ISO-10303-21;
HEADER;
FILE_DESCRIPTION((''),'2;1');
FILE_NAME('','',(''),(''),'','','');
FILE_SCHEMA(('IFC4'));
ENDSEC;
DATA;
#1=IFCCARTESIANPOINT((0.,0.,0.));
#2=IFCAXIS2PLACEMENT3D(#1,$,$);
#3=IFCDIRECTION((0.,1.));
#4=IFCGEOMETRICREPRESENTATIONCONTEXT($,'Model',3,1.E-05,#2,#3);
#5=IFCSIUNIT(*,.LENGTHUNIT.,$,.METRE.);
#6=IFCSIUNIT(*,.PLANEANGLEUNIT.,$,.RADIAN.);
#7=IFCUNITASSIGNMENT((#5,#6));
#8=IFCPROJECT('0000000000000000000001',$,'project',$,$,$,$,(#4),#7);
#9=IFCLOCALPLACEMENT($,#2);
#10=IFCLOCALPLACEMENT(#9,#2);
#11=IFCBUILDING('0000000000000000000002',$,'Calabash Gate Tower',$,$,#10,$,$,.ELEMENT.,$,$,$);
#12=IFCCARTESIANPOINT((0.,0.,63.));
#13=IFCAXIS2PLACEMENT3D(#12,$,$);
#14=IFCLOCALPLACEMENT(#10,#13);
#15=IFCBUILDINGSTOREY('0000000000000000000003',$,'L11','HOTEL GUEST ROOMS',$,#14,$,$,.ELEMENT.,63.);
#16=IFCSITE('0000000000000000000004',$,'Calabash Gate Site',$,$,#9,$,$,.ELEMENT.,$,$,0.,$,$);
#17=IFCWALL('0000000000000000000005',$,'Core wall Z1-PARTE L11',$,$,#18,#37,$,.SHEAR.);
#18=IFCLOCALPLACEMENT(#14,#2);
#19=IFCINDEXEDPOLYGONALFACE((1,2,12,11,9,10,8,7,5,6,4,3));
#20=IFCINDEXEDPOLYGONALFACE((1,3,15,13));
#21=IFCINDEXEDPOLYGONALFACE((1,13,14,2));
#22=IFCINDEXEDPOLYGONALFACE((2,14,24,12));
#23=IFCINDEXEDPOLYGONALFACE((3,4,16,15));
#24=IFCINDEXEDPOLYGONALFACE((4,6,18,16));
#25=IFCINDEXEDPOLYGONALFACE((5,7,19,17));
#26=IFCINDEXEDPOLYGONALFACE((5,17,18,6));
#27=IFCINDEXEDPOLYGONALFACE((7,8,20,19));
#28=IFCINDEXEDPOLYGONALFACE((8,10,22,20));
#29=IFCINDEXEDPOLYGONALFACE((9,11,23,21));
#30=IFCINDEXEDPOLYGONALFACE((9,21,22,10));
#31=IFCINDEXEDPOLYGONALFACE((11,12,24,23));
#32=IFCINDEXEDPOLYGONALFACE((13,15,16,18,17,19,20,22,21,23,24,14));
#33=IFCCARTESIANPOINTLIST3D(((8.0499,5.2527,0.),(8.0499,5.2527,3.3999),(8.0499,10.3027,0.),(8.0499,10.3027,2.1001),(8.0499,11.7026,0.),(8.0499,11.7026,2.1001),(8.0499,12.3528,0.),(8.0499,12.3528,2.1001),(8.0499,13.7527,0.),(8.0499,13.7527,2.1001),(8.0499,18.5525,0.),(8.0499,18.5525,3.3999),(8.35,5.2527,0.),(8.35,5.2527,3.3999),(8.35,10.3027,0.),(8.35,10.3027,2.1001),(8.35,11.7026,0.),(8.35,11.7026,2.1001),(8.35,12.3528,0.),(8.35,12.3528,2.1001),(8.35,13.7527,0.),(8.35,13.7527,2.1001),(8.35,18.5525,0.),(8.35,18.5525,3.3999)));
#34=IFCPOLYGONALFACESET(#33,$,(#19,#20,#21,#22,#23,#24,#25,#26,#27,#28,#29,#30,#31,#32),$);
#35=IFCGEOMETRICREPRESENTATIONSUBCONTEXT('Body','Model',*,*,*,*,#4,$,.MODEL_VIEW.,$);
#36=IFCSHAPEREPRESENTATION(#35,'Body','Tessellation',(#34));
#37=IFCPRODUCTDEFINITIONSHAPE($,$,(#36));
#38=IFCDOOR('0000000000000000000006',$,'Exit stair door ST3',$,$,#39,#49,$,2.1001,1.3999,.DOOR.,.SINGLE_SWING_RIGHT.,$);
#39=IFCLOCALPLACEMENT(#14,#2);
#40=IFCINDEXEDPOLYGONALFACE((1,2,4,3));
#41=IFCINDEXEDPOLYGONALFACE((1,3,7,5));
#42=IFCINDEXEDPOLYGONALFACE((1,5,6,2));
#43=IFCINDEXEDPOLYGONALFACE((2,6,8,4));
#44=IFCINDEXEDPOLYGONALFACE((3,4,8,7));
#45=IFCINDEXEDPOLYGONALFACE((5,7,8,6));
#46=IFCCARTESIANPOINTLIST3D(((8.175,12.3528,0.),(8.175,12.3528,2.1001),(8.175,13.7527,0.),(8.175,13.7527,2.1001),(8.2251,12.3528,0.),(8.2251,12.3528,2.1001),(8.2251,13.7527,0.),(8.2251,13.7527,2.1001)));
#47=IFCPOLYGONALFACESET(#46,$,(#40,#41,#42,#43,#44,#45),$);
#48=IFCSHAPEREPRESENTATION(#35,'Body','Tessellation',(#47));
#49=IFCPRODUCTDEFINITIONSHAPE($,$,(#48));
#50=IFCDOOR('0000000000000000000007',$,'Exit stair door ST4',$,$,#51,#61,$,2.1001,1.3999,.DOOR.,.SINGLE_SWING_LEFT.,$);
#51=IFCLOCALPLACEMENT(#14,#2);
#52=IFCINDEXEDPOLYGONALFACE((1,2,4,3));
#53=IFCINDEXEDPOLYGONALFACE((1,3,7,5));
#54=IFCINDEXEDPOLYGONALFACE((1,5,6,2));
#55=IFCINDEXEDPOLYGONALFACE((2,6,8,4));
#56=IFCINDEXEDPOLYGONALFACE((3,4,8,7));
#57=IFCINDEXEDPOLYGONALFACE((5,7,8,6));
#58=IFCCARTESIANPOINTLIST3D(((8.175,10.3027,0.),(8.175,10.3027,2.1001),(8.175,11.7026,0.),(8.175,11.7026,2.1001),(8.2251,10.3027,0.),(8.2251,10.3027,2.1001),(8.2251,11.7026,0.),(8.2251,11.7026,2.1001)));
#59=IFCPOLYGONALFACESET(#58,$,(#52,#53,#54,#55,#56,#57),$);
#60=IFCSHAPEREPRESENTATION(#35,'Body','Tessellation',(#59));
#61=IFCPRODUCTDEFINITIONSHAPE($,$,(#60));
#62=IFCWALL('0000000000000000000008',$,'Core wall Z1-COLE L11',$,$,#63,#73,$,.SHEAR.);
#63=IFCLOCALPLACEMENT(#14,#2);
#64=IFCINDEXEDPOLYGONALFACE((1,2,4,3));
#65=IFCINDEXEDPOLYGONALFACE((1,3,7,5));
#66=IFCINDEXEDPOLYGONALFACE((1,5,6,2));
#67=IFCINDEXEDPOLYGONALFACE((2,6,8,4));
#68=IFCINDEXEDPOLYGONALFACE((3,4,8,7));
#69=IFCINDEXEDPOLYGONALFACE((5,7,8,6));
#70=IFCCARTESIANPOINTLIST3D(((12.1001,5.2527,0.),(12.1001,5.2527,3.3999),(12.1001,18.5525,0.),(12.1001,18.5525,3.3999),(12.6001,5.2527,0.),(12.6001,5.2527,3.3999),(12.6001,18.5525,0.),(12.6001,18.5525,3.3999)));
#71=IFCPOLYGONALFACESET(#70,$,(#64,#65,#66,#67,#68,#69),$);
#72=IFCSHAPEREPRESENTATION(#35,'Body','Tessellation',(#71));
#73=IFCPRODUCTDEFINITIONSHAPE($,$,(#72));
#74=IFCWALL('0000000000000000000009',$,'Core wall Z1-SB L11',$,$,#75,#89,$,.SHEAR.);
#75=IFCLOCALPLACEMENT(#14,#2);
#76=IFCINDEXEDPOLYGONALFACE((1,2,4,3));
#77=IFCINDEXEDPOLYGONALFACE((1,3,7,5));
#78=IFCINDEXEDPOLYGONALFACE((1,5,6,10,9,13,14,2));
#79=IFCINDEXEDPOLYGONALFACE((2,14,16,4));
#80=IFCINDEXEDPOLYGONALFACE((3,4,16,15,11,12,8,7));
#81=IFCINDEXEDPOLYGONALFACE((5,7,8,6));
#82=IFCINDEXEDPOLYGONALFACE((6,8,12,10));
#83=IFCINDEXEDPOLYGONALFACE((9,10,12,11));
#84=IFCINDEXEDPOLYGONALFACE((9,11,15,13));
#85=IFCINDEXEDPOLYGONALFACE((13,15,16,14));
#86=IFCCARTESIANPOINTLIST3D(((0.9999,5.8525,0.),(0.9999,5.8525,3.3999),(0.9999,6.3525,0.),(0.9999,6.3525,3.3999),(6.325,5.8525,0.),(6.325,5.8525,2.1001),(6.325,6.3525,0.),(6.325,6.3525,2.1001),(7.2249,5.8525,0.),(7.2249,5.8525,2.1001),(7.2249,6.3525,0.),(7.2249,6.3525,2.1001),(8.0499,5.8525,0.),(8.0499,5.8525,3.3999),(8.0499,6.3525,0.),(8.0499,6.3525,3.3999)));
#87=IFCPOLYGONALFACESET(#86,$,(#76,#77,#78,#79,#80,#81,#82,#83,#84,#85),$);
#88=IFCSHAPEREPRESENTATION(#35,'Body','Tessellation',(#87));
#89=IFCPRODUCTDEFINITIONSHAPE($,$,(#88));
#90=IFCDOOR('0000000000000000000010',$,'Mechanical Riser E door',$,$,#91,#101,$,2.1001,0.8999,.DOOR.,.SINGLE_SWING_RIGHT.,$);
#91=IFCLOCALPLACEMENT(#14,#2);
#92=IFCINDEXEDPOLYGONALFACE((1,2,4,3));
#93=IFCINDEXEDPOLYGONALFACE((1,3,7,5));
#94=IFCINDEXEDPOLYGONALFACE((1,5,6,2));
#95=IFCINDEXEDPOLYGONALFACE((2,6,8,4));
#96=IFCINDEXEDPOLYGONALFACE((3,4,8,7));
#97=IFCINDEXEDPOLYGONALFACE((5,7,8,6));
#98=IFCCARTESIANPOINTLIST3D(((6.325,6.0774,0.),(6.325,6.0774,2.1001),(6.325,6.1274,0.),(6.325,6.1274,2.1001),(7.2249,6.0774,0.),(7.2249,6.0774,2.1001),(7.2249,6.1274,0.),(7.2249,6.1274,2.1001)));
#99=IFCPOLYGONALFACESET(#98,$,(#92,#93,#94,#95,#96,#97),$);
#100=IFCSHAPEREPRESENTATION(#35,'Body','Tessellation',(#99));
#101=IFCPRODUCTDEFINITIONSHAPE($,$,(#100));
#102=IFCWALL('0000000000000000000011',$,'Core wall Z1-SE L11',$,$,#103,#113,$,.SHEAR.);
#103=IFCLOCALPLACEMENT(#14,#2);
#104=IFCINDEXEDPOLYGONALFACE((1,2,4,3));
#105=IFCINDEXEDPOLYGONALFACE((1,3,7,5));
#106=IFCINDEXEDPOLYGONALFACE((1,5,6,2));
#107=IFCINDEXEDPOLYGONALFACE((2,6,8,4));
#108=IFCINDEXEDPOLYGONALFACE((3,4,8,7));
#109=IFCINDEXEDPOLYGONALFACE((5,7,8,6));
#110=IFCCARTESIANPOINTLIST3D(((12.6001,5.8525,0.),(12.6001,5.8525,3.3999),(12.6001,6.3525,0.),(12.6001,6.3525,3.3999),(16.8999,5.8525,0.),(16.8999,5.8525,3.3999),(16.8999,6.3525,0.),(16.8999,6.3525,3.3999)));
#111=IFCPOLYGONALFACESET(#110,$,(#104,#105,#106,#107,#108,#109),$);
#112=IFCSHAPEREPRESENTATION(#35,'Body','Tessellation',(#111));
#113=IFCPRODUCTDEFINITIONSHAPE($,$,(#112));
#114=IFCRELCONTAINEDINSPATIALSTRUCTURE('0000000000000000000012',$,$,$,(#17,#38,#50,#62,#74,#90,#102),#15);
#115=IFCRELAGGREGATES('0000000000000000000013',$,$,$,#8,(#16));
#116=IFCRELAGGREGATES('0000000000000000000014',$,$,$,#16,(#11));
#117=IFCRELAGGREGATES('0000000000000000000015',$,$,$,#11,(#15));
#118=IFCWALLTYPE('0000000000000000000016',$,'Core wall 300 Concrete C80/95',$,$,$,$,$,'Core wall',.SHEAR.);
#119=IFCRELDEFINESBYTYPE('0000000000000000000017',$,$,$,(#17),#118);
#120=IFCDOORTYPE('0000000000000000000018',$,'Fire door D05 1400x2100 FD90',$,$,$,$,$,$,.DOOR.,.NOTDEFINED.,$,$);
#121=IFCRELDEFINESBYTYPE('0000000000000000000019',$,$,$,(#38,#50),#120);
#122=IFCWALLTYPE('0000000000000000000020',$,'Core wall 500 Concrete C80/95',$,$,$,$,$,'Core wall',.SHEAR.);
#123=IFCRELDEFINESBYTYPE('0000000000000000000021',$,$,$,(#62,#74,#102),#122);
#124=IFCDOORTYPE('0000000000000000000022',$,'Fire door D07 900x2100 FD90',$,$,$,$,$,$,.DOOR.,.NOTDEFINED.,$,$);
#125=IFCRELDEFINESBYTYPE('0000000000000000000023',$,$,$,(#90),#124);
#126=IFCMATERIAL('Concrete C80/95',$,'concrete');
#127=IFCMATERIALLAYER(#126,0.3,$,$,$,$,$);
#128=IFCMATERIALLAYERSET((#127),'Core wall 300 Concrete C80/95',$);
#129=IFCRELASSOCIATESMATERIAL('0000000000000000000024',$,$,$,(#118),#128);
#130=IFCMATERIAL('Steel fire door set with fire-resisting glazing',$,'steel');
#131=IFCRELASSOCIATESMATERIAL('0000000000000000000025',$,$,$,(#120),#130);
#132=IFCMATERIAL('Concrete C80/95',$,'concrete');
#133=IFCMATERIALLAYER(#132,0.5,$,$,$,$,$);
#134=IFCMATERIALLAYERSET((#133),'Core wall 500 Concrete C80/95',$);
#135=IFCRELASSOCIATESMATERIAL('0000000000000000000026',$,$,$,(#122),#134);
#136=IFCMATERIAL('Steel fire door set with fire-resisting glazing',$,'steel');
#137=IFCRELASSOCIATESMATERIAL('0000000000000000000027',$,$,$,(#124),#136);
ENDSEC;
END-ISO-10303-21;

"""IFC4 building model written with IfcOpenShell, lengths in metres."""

from ifc_helpers import new_model, si_unit, direction, frame, frame_2d, origin, place, context, subcontext, project, spatial, rectangle, extrude, material, layer, layer_set, type_object, element, fill, save


model = new_model("IFC4")

# Units and contexts
model_context = context("Model", 3, precision=1e-05, world=origin(), true_north=direction((0.0, 1.0)))
body_context = subcontext(model_context, "Body", "Model", "MODEL_VIEW")
ifc_project = project(units=[si_unit("LENGTHUNIT", "METRE"), si_unit("PLANEANGLEUNIT", "RADIAN")], contexts=[model_context])

# Site, building, storey
site_placement = place(None, origin())
site = spatial("IfcSite", under=ifc_project, at=site_placement, Name="Calabash Gate Site", CompositionType="ELEMENT", RefElevation=0.0)
building_placement = place(site_placement, origin())
building = spatial("IfcBuilding", under=site, at=building_placement, Name="Calabash Gate Tower", CompositionType="ELEMENT")
storey_placement = place(building_placement, frame((0.0, 0.0, 63.0)))
storey = spatial("IfcBuildingStorey", under=building, at=storey_placement, Name="L11", Description="HOTEL GUEST ROOMS", CompositionType="ELEMENT", Elevation=63.0)

# Wall, openings, doors
ifc_material_1 = material(Name="Concrete C80/95", Category="concrete")
ifc_layer_1 = layer(ifc_material_1, 0.3)
ifc_layer_set_1 = layer_set([ifc_layer_1], Name="Core wall 300 Concrete C80/95")
wall_type_1 = type_object("IfcWallType", Name="Core wall 300 Concrete C80/95", ElementType="Core wall", PredefinedType="SHEAR", material=ifc_layer_set_1)
wall_1_placement = place(storey_placement, frame((8.2, 5.2527, 0.0), z_axis=(0.0, 0.0, 1.0), x_axis=(0.0, 1.0, 0.0)))
wall_1 = element("IfcWall", 1, at=wall_1_placement, inside=storey, type_object=wall_type_1, Name="Core wall Z1-PARTE L11", PredefinedType="SHEAR", context=body_context, shape_type="SweptSolid", body=[
    extrude(rectangle(XDim=13.2998, YDim=0.3, at=frame_2d((6.6499, 0.0))), origin(), (0.0, 0.0, 1.0), 3.3999),
])
opening_1_placement = place(wall_1_placement, frame((7.1001, 0.0, 0.0)))
opening_1 = element("IfcOpeningElement", 2, at=opening_1_placement, cuts=wall_1, PredefinedType="OPENING", context=body_context, shape_type="SweptSolid", body=[
    extrude(rectangle(XDim=1.3999, YDim=2.1001, at=frame_2d((0.7, 1.05))), frame((0.0, 0.1599, 0.0), z_axis=(0.0, -1.0, 0.0), x_axis=(1.0, 0.0, 0.0)), (0.0, 0.0, 1.0), 0.3201),
])
opening_2_placement = place(wall_1_placement, frame((5.05, 0.0, 0.0)))
opening_2 = element("IfcOpeningElement", 3, at=opening_2_placement, cuts=wall_1, PredefinedType="OPENING", context=body_context, shape_type="SweptSolid", body=[
    extrude(rectangle(XDim=1.3999, YDim=2.1001, at=frame_2d((0.7, 1.05))), frame((0.0, 0.1599, 0.0), z_axis=(0.0, -1.0, 0.0), x_axis=(1.0, 0.0, 0.0)), (0.0, 0.0, 1.0), 0.3201),
])
ifc_material_2 = material(Name="Steel fire door set with fire-resisting glazing", Category="steel")
door_type_1 = type_object("IfcDoorType", Name="Fire door D05 1400x2100 FD90", OperationType="NOTDEFINED", PredefinedType="DOOR", material=ifc_material_2)
door_1_placement = place(opening_1_placement, origin())
door_1 = element("IfcDoor", 4, at=door_1_placement, inside=storey, type_object=door_type_1, Name="Exit stair door ST3", OperationType="SINGLE_SWING_RIGHT", OverallHeight=2.1001, OverallWidth=1.3999, PredefinedType="DOOR", context=body_context, shape_type="SweptSolid", body=[
    extrude(rectangle(XDim=1.3999, YDim=2.1001, at=frame_2d((0.7, 1.05))), frame((0.0, 0.0249, 0.0), z_axis=(0.0, -1.0, 0.0), x_axis=(1.0, 0.0, 0.0)), (0.0, 0.0, 1.0), 0.05),
])
fill(opening_1, door_1)
door_2_placement = place(opening_2_placement, origin())
door_2 = element("IfcDoor", 5, at=door_2_placement, inside=storey, type_object=door_type_1, Name="Exit stair door ST4", OperationType="SINGLE_SWING_LEFT", OverallHeight=2.1001, OverallWidth=1.3999, PredefinedType="DOOR", context=body_context, shape_type="SweptSolid", body=[
    extrude(rectangle(XDim=1.3999, YDim=2.1001, at=frame_2d((0.7, 1.05))), frame((0.0, 0.0249, 0.0), z_axis=(0.0, -1.0, 0.0), x_axis=(1.0, 0.0, 0.0)), (0.0, 0.0, 1.0), 0.05),
])
fill(opening_2, door_2)

# Wall
ifc_material_3 = material(Name="Concrete C80/95", Category="concrete")
ifc_layer_2 = layer(ifc_material_3, 0.5)
ifc_layer_set_2 = layer_set([ifc_layer_2], Name="Core wall 500 Concrete C80/95")
wall_type_2 = type_object("IfcWallType", Name="Core wall 500 Concrete C80/95", ElementType="Core wall", PredefinedType="SHEAR", material=ifc_layer_set_2)
wall_2_placement = place(storey_placement, frame((12.3501, 5.2527, 0.0), z_axis=(0.0, 0.0, 1.0), x_axis=(0.0, 1.0, 0.0)))
element("IfcWall", 6, at=wall_2_placement, inside=storey, type_object=wall_type_2, Name="Core wall Z1-COLE L11", PredefinedType="SHEAR", context=body_context, shape_type="SweptSolid", body=[
    extrude(rectangle(XDim=13.2998, YDim=0.5, at=frame_2d((6.6499, 0.0))), origin(), (0.0, 0.0, 1.0), 3.3999),
])

# Wall, opening, door
wall_3_placement = place(storey_placement, frame((1.0, 6.1025, 0.0), z_axis=(0.0, 0.0, 1.0), x_axis=(1.0, 0.0, 0.0)))
wall_3 = element("IfcWall", 7, at=wall_3_placement, inside=storey, type_object=wall_type_2, Name="Core wall Z1-SB L11", PredefinedType="SHEAR", context=body_context, shape_type="SweptSolid", body=[
    extrude(rectangle(XDim=7.05, YDim=0.5, at=frame_2d((3.5249, 0.0))), origin(), (0.0, 0.0, 1.0), 3.3999),
])
opening_3_placement = place(wall_3_placement, frame((5.325, 0.0, 0.0)))
opening_3 = element("IfcOpeningElement", 8, at=opening_3_placement, cuts=wall_3, PredefinedType="OPENING", context=body_context, shape_type="SweptSolid", body=[
    extrude(rectangle(XDim=0.8999, YDim=2.1001, at=frame_2d((0.45, 1.05))), frame((0.0, 0.26, 0.0), z_axis=(0.0, -1.0, 0.0), x_axis=(1.0, 0.0, 0.0)), (0.0, 0.0, 1.0), 0.52),
])
ifc_material_4 = material(Name="Steel fire door set with fire-resisting glazing", Category="steel")
door_type_2 = type_object("IfcDoorType", Name="Fire door D07 900x2100 FD90", OperationType="NOTDEFINED", PredefinedType="DOOR", material=ifc_material_4)
door_3_placement = place(opening_3_placement, origin())
door_3 = element("IfcDoor", 9, at=door_3_placement, inside=storey, type_object=door_type_2, Name="Mechanical Riser E door", OperationType="SINGLE_SWING_RIGHT", OverallHeight=2.1001, OverallWidth=0.8999, PredefinedType="DOOR", context=body_context, shape_type="SweptSolid", body=[
    extrude(rectangle(XDim=0.8999, YDim=2.1001, at=frame_2d((0.45, 1.05))), frame((0.0, 0.0249, 0.0), z_axis=(0.0, -1.0, 0.0), x_axis=(1.0, 0.0, 0.0)), (0.0, 0.0, 1.0), 0.05),
])
fill(opening_3, door_3)

# Wall
wall_4_placement = place(storey_placement, frame((12.6001, 6.1025, 0.0), z_axis=(0.0, 0.0, 1.0), x_axis=(1.0, 0.0, 0.0)))
element("IfcWall", 10, at=wall_4_placement, inside=storey, type_object=wall_type_2, Name="Core wall Z1-SE L11", PredefinedType="SHEAR", context=body_context, shape_type="SweptSolid", body=[
    extrude(rectangle(XDim=4.2998, YDim=0.5, at=frame_2d((2.1499, 0.0))), origin(), (0.0, 0.0, 1.0), 3.3999),
])

save(model, "model.ifc")
